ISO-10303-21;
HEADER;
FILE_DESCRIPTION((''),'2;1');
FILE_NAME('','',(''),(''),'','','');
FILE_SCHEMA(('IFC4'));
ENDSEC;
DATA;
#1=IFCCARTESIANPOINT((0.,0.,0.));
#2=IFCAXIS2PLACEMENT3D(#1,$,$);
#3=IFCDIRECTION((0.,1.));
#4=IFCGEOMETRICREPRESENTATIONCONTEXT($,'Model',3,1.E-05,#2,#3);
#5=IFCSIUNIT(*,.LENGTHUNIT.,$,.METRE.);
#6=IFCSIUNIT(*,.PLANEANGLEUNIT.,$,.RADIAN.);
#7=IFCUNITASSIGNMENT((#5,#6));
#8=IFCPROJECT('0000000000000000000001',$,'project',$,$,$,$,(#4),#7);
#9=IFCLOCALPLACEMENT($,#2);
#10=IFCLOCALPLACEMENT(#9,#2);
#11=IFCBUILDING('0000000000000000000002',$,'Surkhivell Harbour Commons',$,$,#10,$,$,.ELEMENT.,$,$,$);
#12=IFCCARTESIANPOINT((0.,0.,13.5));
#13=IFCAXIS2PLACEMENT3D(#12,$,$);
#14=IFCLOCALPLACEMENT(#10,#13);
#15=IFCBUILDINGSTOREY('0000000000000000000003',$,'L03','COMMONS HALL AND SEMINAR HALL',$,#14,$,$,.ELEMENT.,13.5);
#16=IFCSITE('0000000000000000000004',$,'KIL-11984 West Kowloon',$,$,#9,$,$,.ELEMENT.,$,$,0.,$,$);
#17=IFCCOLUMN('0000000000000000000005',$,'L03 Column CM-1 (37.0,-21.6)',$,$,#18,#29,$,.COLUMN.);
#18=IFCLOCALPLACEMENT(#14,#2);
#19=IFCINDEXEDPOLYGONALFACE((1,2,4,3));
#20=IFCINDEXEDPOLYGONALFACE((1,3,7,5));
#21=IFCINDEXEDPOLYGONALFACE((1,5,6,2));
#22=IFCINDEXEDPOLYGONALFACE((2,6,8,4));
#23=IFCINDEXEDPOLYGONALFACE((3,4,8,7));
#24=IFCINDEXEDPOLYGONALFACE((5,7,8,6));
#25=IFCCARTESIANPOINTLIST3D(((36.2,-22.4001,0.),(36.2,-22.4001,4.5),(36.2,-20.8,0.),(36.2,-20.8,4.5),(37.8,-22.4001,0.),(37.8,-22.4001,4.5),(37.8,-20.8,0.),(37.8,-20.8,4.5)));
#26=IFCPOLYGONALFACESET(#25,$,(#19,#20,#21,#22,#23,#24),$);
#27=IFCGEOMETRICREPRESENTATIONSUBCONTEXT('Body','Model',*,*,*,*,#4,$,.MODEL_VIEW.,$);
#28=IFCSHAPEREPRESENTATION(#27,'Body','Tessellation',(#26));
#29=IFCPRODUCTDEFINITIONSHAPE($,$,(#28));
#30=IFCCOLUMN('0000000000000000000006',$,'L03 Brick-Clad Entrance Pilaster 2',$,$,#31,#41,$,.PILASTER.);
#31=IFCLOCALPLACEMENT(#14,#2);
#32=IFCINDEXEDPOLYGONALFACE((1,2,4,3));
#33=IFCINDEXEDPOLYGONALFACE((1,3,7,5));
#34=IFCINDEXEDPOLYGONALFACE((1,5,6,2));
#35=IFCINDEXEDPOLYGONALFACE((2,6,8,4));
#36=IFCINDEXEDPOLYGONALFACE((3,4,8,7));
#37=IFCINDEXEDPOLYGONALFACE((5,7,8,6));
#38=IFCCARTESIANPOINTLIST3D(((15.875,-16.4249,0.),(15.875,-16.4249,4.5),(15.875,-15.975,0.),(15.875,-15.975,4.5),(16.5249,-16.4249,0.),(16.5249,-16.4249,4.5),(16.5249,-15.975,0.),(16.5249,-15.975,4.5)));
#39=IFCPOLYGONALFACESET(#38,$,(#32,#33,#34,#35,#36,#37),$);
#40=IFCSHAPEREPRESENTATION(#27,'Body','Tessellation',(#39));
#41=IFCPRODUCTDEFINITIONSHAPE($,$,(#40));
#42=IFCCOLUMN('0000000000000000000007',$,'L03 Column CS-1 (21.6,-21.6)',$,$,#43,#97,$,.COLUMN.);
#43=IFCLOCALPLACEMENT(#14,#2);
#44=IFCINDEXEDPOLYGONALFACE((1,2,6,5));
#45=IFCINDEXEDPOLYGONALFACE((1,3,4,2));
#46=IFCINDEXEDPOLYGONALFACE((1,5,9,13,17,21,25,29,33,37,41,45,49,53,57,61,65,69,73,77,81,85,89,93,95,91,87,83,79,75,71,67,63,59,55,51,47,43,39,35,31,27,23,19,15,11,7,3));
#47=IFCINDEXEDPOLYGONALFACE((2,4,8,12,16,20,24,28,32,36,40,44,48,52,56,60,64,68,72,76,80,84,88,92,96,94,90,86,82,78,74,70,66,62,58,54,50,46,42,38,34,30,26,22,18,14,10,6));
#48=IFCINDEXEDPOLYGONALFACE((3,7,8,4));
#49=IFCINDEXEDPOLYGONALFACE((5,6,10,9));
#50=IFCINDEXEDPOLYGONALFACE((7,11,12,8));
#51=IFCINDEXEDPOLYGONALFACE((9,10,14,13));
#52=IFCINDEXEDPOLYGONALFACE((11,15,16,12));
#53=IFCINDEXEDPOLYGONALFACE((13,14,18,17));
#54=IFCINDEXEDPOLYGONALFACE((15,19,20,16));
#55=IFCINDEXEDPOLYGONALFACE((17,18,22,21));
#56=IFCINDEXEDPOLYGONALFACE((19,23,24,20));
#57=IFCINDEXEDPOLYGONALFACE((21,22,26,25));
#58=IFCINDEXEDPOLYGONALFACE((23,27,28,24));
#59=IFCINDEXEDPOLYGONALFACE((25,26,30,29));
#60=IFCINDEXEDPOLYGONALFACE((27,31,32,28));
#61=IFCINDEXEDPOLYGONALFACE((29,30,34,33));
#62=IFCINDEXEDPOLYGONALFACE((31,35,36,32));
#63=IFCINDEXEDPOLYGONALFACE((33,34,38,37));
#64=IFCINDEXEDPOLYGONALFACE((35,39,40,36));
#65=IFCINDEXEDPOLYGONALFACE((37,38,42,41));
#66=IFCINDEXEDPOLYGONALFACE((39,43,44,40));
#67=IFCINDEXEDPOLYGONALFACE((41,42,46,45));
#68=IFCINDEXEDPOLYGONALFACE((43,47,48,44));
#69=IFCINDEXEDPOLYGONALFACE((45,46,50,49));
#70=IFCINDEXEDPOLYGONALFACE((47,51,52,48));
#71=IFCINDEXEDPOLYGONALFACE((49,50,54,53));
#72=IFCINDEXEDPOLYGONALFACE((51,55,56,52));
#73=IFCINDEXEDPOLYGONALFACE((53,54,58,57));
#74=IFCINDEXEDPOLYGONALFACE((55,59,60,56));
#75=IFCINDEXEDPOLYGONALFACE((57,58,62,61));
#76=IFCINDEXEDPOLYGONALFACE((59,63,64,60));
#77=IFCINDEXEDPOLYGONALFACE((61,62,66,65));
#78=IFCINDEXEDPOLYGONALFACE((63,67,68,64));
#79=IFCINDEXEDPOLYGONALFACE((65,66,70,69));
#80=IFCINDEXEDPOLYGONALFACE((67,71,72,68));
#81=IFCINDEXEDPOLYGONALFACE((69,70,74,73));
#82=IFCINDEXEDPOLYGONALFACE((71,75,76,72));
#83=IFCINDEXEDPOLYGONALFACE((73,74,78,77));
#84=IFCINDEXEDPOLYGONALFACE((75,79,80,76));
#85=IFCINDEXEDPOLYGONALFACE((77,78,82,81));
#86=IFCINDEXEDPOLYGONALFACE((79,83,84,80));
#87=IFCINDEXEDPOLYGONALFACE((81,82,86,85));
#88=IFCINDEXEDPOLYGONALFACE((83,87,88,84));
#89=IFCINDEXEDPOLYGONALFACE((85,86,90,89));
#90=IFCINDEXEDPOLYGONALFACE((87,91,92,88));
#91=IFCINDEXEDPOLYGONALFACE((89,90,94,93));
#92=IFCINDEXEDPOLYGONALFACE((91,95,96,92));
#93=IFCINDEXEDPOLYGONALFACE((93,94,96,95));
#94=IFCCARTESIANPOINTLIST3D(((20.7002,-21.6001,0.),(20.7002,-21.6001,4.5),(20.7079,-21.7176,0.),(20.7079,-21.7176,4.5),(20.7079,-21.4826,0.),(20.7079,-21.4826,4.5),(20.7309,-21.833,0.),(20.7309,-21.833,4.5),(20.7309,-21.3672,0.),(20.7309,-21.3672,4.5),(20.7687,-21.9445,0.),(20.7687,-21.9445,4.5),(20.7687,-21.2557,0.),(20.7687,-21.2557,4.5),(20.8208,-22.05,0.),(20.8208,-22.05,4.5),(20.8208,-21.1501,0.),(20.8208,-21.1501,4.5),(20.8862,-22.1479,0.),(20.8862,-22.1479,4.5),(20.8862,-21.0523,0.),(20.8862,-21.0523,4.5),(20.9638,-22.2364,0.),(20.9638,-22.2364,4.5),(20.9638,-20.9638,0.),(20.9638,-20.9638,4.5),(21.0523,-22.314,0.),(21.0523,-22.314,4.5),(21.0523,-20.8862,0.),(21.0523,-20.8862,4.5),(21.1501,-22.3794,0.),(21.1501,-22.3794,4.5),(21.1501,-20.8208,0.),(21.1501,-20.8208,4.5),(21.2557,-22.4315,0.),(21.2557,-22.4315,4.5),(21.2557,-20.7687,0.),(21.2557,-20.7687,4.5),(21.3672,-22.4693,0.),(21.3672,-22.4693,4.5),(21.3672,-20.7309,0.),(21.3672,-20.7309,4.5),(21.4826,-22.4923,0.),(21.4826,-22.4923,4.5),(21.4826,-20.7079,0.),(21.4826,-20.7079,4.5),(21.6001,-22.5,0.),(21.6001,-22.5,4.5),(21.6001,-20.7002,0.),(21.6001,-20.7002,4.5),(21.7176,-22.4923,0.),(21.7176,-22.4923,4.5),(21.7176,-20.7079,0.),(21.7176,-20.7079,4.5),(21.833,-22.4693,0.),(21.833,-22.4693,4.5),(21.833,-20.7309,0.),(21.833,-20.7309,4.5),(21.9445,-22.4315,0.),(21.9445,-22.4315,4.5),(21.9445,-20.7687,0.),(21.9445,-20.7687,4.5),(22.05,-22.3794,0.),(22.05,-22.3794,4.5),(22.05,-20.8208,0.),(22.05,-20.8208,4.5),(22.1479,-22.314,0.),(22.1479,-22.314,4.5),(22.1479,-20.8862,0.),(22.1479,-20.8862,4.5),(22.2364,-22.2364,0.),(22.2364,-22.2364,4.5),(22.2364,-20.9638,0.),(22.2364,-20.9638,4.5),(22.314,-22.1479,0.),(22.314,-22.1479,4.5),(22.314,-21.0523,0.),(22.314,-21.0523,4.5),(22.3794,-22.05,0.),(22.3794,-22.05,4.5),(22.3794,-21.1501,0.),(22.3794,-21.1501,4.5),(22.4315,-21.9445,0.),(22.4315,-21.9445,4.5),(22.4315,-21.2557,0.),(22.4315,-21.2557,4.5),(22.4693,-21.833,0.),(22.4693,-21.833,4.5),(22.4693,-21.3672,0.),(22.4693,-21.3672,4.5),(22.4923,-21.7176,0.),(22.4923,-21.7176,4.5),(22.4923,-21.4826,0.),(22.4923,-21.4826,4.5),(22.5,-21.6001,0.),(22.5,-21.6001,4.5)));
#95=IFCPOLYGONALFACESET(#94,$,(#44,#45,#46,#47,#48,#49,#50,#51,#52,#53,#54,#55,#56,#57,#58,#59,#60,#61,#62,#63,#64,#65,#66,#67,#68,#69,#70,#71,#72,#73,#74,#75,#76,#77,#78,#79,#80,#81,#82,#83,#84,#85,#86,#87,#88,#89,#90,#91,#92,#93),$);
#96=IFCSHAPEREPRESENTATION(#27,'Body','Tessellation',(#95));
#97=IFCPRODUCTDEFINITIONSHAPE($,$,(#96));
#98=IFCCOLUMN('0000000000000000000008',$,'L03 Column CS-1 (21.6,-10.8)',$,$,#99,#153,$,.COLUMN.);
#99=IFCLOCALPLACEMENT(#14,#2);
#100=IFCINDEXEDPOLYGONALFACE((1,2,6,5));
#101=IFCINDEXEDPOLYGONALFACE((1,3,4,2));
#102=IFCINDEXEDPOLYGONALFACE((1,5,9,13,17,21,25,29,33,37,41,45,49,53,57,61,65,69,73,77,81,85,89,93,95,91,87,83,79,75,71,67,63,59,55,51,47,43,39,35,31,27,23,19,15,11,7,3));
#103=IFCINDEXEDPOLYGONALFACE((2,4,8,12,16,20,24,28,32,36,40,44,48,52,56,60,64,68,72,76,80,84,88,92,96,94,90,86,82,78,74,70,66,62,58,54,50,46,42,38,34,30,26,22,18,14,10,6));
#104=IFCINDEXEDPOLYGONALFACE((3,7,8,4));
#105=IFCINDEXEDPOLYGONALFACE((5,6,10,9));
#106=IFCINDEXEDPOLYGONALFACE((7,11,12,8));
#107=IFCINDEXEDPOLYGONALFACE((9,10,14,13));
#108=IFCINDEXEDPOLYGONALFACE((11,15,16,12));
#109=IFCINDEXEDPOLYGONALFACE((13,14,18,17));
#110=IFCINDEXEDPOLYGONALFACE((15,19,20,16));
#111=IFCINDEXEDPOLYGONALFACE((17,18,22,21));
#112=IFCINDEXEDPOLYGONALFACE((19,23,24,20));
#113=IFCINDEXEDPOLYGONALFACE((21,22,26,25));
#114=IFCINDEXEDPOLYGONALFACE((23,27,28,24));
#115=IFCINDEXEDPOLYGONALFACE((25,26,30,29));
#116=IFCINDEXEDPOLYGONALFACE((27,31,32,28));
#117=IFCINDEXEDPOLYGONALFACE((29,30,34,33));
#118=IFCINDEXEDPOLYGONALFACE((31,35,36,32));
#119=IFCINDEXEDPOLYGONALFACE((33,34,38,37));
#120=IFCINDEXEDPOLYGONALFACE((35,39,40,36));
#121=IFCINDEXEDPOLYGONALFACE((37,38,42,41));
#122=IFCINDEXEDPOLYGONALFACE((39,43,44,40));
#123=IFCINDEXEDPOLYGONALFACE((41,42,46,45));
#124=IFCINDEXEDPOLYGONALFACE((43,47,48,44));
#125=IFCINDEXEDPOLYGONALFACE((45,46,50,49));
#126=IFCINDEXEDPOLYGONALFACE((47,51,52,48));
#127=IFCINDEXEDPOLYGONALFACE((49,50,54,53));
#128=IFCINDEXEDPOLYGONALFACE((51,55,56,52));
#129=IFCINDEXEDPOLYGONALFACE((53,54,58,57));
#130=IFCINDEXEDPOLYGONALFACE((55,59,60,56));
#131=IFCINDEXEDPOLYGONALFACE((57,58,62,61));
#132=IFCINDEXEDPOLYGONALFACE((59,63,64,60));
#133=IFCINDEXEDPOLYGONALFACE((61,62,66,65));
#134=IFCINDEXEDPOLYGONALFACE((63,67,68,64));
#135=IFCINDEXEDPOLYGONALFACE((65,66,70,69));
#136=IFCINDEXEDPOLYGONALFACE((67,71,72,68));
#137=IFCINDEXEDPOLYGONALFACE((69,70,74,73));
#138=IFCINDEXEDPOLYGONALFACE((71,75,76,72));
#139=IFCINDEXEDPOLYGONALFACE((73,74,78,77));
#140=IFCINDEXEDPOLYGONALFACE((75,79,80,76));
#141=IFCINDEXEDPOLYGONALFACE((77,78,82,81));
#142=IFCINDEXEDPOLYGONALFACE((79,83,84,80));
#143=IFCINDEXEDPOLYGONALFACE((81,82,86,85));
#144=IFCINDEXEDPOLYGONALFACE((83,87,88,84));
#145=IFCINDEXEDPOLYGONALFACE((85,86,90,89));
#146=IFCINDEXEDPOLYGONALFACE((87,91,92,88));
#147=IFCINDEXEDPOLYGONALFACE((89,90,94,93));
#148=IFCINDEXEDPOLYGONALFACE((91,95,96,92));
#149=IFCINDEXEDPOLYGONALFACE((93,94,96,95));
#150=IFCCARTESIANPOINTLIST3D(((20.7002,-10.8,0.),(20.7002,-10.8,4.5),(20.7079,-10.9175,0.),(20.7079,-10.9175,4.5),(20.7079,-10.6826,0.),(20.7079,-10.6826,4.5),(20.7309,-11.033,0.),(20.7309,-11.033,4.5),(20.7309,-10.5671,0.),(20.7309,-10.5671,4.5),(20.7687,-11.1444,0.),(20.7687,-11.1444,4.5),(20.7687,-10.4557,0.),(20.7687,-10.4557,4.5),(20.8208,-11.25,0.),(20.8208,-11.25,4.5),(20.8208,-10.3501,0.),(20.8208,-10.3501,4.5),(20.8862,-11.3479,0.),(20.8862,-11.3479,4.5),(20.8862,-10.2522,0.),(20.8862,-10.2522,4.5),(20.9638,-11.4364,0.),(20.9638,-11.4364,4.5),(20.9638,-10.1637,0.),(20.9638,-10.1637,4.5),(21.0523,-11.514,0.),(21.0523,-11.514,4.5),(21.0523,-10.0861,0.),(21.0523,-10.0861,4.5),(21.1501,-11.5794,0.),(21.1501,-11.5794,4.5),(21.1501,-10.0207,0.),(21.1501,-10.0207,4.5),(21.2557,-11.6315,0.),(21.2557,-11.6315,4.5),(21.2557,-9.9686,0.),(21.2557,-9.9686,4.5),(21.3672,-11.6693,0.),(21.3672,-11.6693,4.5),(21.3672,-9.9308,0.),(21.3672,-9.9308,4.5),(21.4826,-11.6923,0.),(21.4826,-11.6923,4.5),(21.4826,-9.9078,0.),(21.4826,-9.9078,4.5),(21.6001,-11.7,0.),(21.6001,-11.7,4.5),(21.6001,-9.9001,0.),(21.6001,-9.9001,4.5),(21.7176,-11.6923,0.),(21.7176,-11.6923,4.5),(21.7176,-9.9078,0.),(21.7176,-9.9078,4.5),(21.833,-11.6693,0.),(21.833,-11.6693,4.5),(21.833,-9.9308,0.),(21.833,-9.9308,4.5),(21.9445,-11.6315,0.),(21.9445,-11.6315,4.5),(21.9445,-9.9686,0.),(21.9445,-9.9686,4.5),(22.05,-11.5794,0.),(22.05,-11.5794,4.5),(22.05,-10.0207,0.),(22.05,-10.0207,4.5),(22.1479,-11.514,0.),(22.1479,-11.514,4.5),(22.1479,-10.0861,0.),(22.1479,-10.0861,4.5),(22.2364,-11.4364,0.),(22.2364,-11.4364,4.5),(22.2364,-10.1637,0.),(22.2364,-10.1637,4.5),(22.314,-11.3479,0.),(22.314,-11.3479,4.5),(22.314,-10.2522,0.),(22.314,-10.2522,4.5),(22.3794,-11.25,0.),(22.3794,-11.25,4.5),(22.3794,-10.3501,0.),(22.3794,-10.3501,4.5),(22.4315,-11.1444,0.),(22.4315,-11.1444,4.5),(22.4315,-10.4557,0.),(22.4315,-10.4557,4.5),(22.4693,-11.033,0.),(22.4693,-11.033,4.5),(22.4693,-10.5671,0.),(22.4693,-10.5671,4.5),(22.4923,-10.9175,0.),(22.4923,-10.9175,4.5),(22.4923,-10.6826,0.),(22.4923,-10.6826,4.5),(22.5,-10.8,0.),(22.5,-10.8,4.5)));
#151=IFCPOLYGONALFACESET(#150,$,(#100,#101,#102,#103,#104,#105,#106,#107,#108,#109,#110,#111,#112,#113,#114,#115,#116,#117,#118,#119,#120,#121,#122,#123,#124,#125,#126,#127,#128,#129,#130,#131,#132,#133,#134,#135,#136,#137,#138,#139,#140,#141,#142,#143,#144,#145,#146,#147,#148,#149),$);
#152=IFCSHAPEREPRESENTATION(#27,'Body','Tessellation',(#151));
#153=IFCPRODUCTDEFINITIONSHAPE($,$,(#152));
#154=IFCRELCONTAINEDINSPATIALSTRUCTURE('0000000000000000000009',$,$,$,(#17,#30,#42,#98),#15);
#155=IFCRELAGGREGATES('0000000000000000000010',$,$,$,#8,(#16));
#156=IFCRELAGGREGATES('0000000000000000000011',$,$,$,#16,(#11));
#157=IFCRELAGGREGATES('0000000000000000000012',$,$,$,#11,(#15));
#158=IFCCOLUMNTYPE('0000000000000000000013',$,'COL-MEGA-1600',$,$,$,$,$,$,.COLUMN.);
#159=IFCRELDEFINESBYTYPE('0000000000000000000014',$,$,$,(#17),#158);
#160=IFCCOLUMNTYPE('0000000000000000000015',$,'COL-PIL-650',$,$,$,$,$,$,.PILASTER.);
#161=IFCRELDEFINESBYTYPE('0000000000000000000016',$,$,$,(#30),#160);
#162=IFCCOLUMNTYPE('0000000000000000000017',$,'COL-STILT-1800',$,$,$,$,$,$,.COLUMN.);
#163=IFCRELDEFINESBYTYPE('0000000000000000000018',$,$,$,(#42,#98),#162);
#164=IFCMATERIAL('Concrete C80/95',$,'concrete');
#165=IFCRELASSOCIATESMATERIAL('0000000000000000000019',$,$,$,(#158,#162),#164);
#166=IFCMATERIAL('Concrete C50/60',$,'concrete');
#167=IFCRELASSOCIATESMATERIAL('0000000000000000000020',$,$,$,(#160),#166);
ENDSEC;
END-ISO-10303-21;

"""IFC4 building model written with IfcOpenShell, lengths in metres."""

from ifc_helpers import new_model, si_unit, direction, frame, origin, origin_2d, place, context, subcontext, project, spatial, rectangle, circle, extrude, material, material_profile, profile_set, type_object, element, save


model = new_model("IFC4")

# Units and contexts
model_context = context("Model", 3, precision=1e-05, world=origin(), true_north=direction((0.0, 1.0)))
body_context = subcontext(model_context, "Body", "Model", "MODEL_VIEW")
ifc_project = project(units=[si_unit("LENGTHUNIT", "METRE"), si_unit("PLANEANGLEUNIT", "RADIAN")], contexts=[model_context])

# Site, building, storey
site_placement = place(None, origin())
site = spatial("IfcSite", under=ifc_project, at=site_placement, Name="KIL-11984 West Kowloon", CompositionType="ELEMENT", RefElevation=0.0)
building_placement = place(site_placement, origin())
building = spatial("IfcBuilding", under=site, at=building_placement, Name="Surkhivell Harbour Commons", CompositionType="ELEMENT")
storey_placement = place(building_placement, frame((0.0, 0.0, 13.5)))
storey = spatial("IfcBuildingStorey", under=building, at=storey_placement, Name="L03", Description="COMMONS HALL AND SEMINAR HALL", CompositionType="ELEMENT", Elevation=13.5)

# Columns
ifc_material_1 = material(Name="Concrete C80/95", Category="concrete")
ifc_material_profile_1 = material_profile(ifc_material_1, rectangle(XDim=1.6001, YDim=1.6001, at=origin_2d()), Name="RC-COL-1600x1600")
ifc_profile_set_1 = profile_set([ifc_material_profile_1], Name="Concrete C80/95")
column_type_1 = type_object("IfcColumnType", Name="COL-MEGA-1600", PredefinedType="COLUMN", material=ifc_profile_set_1)
column_1_placement = place(storey_placement, frame((37.0, -21.6001, 0.0), z_axis=(0.0, 0.0, 1.0), x_axis=(1.0, 0.0, 0.0)))
element("IfcColumn", 1, at=column_1_placement, inside=storey, type_object=column_type_1, Name="L03 Column CM-1 (37.0,-21.6)", PredefinedType="COLUMN", context=body_context, shape_type="SweptSolid", body=[
    extrude(rectangle(XDim=1.6001, YDim=1.6001, at=origin_2d()), origin(), (0.0, 0.0, 1.0), 4.5),
])
ifc_material_2 = material(Name="Concrete C50/60", Category="concrete")
ifc_material_profile_2 = material_profile(ifc_material_2, rectangle(XDim=0.6499, YDim=0.45, at=origin_2d()), Name="RC-PIL-650x450")
ifc_profile_set_2 = profile_set([ifc_material_profile_2], Name="Concrete C50/60")
column_type_2 = type_object("IfcColumnType", Name="COL-PIL-650", PredefinedType="PILASTER", material=ifc_profile_set_2)
column_2_placement = place(storey_placement, frame((16.2, -16.2, 0.0), z_axis=(0.0, 0.0, 1.0), x_axis=(1.0, 0.0, 0.0)))
element("IfcColumn", 2, at=column_2_placement, inside=storey, type_object=column_type_2, Name="L03 Brick-Clad Entrance Pilaster 2", PredefinedType="PILASTER", context=body_context, shape_type="SweptSolid", body=[
    extrude(rectangle(XDim=0.6499, YDim=0.45, at=origin_2d()), origin(), (0.0, 0.0, 1.0), 4.5),
])
ifc_material_profile_3 = material_profile(ifc_material_1, circle(Radius=0.8999, at=origin_2d()), Name="RC-CIRC-1800")
ifc_profile_set_3 = profile_set([ifc_material_profile_3], Name="Concrete C80/95")
column_type_3 = type_object("IfcColumnType", Name="COL-STILT-1800", PredefinedType="COLUMN", material=ifc_profile_set_3)
for number, where, z_axis, x_axis, name in (
    (3, (21.6001, -21.6001, 0.0), (0.0, 0.0, 1.0), (1.0, 0.0, 0.0), "L03 Column CS-1 (21.6,-21.6)"),
    (4, (21.6001, -10.8, 0.0), (0.0, 0.0, 1.0), (1.0, 0.0, 0.0), "L03 Column CS-1 (21.6,-10.8)"),
):
    element("IfcColumn", number, at=place(storey_placement, frame(where, z_axis=z_axis, x_axis=x_axis)), inside=storey, type_object=column_type_3, Name=name, PredefinedType="COLUMN", context=body_context, shape_type="SweptSolid", body=[
        extrude(circle(Radius=0.8999, at=origin_2d()), origin(), (0.0, 0.0, 1.0), 4.5),
    ])

save(model, "model.ifc")
